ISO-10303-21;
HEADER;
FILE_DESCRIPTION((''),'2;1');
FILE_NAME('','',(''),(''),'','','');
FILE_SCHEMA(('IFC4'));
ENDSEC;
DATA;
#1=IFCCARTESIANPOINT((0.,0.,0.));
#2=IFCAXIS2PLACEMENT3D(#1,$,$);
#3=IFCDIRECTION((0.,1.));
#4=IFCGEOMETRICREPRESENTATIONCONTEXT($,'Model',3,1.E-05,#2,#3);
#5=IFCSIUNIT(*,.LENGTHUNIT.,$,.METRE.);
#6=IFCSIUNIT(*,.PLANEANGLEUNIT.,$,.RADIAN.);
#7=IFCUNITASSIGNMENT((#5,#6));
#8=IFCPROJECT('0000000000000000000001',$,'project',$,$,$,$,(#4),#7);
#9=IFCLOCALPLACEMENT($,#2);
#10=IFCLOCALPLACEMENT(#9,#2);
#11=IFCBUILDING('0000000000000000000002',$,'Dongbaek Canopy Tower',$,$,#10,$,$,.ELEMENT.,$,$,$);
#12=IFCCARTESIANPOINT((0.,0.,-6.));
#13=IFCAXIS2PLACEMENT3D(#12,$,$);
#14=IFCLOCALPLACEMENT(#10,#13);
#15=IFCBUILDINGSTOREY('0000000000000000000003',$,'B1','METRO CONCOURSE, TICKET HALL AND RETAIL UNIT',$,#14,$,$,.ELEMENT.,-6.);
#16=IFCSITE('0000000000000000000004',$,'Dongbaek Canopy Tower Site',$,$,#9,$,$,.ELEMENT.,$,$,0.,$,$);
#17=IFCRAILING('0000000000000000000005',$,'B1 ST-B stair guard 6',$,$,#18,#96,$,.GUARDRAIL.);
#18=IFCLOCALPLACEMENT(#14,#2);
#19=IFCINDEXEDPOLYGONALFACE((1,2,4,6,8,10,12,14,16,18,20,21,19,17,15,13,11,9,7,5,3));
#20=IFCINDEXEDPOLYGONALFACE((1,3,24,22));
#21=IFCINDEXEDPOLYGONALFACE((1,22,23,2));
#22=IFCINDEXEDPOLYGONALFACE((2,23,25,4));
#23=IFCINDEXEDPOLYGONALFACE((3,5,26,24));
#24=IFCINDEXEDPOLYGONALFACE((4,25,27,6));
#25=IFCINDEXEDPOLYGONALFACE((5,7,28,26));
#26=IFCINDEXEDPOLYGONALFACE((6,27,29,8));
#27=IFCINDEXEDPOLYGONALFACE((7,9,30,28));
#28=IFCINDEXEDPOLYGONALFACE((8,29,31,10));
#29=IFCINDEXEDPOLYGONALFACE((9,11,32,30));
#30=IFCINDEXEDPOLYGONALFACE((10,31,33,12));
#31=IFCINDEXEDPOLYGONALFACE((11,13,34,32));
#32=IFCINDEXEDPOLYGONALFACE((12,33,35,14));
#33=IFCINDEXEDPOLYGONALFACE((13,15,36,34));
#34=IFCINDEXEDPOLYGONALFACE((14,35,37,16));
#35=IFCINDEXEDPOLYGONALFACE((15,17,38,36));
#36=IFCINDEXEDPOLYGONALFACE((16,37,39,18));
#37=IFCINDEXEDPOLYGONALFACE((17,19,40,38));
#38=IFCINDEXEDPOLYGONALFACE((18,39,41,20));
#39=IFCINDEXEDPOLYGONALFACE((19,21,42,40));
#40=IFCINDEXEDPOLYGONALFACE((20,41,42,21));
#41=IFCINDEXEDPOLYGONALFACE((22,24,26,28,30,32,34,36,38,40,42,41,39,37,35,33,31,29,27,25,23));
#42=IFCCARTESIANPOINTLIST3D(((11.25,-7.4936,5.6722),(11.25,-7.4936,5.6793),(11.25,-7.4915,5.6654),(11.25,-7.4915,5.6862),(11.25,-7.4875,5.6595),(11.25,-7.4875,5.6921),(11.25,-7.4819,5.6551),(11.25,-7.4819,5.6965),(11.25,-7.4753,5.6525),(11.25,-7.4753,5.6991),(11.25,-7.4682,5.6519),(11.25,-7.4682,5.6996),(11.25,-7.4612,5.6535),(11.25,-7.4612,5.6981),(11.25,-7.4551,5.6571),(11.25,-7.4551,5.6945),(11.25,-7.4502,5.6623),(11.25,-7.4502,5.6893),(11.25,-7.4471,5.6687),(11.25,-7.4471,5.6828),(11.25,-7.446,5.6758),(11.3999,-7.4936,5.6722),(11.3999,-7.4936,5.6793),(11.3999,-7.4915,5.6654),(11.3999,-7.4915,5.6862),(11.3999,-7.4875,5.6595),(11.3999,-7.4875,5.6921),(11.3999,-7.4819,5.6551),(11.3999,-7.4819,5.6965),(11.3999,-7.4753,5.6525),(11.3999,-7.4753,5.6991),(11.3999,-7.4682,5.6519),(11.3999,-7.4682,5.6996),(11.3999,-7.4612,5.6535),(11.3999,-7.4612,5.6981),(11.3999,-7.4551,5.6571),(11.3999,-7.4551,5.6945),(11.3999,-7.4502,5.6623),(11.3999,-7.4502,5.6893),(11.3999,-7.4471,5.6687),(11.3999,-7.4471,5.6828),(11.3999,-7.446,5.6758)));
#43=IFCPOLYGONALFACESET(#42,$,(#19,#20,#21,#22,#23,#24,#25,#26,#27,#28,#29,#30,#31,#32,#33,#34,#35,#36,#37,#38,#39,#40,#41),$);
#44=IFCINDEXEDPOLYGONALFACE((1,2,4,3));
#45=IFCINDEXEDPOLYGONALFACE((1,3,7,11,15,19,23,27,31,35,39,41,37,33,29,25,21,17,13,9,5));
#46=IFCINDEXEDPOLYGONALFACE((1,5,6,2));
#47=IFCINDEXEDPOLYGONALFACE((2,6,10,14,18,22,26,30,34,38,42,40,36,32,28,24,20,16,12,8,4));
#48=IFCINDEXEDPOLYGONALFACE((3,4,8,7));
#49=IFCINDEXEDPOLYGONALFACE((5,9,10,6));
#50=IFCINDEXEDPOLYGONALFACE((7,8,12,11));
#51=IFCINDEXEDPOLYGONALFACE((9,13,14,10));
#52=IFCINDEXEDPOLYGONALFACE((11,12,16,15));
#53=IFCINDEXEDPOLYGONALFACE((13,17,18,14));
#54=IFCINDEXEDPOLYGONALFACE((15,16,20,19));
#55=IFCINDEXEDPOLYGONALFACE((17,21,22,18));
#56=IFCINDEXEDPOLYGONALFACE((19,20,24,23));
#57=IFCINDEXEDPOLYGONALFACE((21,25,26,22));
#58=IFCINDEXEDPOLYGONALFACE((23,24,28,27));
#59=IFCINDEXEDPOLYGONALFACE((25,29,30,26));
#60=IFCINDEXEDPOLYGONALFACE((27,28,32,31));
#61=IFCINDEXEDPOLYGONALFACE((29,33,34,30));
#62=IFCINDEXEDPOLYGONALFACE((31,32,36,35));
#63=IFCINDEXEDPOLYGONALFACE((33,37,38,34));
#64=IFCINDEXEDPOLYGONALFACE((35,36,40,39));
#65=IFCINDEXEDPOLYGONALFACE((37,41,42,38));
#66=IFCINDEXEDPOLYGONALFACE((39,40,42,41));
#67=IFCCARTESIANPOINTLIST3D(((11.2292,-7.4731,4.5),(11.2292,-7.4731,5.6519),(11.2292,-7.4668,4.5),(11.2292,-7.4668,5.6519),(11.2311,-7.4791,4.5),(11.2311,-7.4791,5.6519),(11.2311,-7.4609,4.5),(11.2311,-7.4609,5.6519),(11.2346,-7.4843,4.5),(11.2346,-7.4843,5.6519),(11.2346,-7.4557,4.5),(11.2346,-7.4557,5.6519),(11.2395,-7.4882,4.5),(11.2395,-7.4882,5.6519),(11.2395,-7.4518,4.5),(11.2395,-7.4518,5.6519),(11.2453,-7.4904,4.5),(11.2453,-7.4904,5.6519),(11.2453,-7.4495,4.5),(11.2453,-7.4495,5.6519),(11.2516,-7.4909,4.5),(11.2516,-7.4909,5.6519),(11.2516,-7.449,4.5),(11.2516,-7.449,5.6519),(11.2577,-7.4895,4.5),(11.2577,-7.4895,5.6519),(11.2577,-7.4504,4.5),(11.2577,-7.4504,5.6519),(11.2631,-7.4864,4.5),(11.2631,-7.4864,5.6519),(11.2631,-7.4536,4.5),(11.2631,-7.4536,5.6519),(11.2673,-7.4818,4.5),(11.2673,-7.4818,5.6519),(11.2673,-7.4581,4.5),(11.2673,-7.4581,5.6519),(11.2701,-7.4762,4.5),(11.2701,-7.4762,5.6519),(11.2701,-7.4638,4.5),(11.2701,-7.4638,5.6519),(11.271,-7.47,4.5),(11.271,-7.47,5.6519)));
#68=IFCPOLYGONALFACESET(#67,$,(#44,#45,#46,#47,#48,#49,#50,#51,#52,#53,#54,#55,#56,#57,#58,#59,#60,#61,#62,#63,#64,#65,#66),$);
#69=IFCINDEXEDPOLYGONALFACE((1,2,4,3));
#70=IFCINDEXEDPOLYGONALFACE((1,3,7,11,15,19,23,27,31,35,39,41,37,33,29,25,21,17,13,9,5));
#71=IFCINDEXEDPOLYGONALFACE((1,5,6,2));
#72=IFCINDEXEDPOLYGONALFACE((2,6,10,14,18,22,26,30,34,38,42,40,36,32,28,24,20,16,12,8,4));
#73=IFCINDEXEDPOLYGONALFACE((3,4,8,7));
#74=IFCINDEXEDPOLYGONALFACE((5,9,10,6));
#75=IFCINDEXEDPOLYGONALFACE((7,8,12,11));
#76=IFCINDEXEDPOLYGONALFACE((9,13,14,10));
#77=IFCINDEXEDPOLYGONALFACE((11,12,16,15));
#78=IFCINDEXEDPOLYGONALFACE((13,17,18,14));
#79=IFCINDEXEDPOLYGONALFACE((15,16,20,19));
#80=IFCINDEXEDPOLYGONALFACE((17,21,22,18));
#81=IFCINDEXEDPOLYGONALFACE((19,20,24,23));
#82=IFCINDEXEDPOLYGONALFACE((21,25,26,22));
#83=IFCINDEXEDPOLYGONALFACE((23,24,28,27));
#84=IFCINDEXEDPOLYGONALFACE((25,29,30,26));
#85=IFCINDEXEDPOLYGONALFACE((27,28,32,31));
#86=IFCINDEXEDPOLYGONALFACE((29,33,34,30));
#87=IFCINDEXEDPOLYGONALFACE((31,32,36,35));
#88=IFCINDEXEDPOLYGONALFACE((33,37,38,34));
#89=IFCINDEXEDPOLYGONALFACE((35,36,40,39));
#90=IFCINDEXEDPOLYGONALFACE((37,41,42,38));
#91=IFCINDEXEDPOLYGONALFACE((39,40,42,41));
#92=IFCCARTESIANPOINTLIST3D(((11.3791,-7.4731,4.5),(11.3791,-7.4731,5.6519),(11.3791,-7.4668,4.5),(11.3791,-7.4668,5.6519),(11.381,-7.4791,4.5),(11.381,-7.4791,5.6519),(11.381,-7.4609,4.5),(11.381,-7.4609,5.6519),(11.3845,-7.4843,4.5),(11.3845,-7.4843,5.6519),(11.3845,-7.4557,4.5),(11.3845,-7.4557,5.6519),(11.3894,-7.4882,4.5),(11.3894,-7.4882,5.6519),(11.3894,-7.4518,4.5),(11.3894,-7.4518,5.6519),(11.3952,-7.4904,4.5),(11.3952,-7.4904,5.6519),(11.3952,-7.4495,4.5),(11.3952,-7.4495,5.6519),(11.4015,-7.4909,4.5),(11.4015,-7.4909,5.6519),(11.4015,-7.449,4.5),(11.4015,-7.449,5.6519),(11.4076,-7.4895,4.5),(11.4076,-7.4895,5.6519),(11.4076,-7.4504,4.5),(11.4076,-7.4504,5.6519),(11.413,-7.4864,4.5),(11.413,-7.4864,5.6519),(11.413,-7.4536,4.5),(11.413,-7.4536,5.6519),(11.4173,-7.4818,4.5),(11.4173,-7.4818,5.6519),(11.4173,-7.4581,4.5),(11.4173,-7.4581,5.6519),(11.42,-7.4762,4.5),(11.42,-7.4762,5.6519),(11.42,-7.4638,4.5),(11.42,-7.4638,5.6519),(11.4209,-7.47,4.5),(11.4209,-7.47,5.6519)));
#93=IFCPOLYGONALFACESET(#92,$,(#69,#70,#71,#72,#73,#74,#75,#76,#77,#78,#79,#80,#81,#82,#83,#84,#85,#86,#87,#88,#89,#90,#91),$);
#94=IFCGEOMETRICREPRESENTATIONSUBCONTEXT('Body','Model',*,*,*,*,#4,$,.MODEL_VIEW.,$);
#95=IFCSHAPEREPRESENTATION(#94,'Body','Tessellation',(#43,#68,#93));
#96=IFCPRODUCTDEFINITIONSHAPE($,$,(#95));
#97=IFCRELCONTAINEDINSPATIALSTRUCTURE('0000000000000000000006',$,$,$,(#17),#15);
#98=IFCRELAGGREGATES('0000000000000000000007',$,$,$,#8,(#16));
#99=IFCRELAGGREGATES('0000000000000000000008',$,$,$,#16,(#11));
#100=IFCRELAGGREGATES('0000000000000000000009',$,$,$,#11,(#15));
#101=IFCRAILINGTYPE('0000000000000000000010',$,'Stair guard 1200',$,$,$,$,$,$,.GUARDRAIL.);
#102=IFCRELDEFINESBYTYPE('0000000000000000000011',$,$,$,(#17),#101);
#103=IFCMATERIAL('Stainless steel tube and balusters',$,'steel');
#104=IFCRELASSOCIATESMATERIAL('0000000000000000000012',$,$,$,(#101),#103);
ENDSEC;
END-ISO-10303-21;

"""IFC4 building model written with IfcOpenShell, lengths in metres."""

from ifc_helpers import new_model, si_unit, direction, frame, origin, origin_2d, place, context, subcontext, project, spatial, circle, extrude, material, type_object, element, save


model = new_model("IFC4")

# Units and contexts
model_context = context("Model", 3, precision=1e-05, world=origin(), true_north=direction((0.0, 1.0)))
body_context = subcontext(model_context, "Body", "Model", "MODEL_VIEW")
ifc_project = project(units=[si_unit("LENGTHUNIT", "METRE"), si_unit("PLANEANGLEUNIT", "RADIAN")], contexts=[model_context])

# Site, building, storey
site_placement = place(None, origin())
site = spatial("IfcSite", under=ifc_project, at=site_placement, Name="Dongbaek Canopy Tower Site", CompositionType="ELEMENT", RefElevation=0.0)
building_placement = place(site_placement, origin())
building = spatial("IfcBuilding", under=site, at=building_placement, Name="Dongbaek Canopy Tower", CompositionType="ELEMENT")
storey_placement = place(building_placement, frame((0.0, 0.0, -6.0)))
storey = spatial("IfcBuildingStorey", under=building, at=storey_placement, Name="B1", Description="METRO CONCOURSE, TICKET HALL AND RETAIL UNIT", CompositionType="ELEMENT", Elevation=-6.0)

# Railing
ifc_material_1 = material(Name="Stainless steel tube and balusters", Category="steel")
railing_type_1 = type_object("IfcRailingType", Name="Stair guard 1200", PredefinedType="GUARDRAIL", material=ifc_material_1)
for number, where, name in (
    (1, (11.25, -7.47, 4.5), "B1 ST-B stair guard 6"),
):
    element("IfcRailing", number, at=place(storey_placement, frame(where)), inside=storey, type_object=railing_type_1, Name=name, PredefinedType="GUARDRAIL", context=body_context, shape_type="SweptSolid", body=[
        extrude(circle(Radius=0.0239, at=origin_2d()), frame((0.0, 0.0, 1.1758), z_axis=(1.0, 0.0, 0.0), x_axis=(0.0, 1.0, 0.0)), (0.0, 0.0, 1.0), 0.1499),
        extrude(circle(Radius=0.021, at=origin_2d()), origin(), (0.0, 0.0, 1.0), 1.1519),
        extrude(circle(Radius=0.021, at=origin_2d()), frame((0.1499, 0.0, 0.0)), (0.0, 0.0, 1.0), 1.1519),
    ])

save(model, "model.ifc")
